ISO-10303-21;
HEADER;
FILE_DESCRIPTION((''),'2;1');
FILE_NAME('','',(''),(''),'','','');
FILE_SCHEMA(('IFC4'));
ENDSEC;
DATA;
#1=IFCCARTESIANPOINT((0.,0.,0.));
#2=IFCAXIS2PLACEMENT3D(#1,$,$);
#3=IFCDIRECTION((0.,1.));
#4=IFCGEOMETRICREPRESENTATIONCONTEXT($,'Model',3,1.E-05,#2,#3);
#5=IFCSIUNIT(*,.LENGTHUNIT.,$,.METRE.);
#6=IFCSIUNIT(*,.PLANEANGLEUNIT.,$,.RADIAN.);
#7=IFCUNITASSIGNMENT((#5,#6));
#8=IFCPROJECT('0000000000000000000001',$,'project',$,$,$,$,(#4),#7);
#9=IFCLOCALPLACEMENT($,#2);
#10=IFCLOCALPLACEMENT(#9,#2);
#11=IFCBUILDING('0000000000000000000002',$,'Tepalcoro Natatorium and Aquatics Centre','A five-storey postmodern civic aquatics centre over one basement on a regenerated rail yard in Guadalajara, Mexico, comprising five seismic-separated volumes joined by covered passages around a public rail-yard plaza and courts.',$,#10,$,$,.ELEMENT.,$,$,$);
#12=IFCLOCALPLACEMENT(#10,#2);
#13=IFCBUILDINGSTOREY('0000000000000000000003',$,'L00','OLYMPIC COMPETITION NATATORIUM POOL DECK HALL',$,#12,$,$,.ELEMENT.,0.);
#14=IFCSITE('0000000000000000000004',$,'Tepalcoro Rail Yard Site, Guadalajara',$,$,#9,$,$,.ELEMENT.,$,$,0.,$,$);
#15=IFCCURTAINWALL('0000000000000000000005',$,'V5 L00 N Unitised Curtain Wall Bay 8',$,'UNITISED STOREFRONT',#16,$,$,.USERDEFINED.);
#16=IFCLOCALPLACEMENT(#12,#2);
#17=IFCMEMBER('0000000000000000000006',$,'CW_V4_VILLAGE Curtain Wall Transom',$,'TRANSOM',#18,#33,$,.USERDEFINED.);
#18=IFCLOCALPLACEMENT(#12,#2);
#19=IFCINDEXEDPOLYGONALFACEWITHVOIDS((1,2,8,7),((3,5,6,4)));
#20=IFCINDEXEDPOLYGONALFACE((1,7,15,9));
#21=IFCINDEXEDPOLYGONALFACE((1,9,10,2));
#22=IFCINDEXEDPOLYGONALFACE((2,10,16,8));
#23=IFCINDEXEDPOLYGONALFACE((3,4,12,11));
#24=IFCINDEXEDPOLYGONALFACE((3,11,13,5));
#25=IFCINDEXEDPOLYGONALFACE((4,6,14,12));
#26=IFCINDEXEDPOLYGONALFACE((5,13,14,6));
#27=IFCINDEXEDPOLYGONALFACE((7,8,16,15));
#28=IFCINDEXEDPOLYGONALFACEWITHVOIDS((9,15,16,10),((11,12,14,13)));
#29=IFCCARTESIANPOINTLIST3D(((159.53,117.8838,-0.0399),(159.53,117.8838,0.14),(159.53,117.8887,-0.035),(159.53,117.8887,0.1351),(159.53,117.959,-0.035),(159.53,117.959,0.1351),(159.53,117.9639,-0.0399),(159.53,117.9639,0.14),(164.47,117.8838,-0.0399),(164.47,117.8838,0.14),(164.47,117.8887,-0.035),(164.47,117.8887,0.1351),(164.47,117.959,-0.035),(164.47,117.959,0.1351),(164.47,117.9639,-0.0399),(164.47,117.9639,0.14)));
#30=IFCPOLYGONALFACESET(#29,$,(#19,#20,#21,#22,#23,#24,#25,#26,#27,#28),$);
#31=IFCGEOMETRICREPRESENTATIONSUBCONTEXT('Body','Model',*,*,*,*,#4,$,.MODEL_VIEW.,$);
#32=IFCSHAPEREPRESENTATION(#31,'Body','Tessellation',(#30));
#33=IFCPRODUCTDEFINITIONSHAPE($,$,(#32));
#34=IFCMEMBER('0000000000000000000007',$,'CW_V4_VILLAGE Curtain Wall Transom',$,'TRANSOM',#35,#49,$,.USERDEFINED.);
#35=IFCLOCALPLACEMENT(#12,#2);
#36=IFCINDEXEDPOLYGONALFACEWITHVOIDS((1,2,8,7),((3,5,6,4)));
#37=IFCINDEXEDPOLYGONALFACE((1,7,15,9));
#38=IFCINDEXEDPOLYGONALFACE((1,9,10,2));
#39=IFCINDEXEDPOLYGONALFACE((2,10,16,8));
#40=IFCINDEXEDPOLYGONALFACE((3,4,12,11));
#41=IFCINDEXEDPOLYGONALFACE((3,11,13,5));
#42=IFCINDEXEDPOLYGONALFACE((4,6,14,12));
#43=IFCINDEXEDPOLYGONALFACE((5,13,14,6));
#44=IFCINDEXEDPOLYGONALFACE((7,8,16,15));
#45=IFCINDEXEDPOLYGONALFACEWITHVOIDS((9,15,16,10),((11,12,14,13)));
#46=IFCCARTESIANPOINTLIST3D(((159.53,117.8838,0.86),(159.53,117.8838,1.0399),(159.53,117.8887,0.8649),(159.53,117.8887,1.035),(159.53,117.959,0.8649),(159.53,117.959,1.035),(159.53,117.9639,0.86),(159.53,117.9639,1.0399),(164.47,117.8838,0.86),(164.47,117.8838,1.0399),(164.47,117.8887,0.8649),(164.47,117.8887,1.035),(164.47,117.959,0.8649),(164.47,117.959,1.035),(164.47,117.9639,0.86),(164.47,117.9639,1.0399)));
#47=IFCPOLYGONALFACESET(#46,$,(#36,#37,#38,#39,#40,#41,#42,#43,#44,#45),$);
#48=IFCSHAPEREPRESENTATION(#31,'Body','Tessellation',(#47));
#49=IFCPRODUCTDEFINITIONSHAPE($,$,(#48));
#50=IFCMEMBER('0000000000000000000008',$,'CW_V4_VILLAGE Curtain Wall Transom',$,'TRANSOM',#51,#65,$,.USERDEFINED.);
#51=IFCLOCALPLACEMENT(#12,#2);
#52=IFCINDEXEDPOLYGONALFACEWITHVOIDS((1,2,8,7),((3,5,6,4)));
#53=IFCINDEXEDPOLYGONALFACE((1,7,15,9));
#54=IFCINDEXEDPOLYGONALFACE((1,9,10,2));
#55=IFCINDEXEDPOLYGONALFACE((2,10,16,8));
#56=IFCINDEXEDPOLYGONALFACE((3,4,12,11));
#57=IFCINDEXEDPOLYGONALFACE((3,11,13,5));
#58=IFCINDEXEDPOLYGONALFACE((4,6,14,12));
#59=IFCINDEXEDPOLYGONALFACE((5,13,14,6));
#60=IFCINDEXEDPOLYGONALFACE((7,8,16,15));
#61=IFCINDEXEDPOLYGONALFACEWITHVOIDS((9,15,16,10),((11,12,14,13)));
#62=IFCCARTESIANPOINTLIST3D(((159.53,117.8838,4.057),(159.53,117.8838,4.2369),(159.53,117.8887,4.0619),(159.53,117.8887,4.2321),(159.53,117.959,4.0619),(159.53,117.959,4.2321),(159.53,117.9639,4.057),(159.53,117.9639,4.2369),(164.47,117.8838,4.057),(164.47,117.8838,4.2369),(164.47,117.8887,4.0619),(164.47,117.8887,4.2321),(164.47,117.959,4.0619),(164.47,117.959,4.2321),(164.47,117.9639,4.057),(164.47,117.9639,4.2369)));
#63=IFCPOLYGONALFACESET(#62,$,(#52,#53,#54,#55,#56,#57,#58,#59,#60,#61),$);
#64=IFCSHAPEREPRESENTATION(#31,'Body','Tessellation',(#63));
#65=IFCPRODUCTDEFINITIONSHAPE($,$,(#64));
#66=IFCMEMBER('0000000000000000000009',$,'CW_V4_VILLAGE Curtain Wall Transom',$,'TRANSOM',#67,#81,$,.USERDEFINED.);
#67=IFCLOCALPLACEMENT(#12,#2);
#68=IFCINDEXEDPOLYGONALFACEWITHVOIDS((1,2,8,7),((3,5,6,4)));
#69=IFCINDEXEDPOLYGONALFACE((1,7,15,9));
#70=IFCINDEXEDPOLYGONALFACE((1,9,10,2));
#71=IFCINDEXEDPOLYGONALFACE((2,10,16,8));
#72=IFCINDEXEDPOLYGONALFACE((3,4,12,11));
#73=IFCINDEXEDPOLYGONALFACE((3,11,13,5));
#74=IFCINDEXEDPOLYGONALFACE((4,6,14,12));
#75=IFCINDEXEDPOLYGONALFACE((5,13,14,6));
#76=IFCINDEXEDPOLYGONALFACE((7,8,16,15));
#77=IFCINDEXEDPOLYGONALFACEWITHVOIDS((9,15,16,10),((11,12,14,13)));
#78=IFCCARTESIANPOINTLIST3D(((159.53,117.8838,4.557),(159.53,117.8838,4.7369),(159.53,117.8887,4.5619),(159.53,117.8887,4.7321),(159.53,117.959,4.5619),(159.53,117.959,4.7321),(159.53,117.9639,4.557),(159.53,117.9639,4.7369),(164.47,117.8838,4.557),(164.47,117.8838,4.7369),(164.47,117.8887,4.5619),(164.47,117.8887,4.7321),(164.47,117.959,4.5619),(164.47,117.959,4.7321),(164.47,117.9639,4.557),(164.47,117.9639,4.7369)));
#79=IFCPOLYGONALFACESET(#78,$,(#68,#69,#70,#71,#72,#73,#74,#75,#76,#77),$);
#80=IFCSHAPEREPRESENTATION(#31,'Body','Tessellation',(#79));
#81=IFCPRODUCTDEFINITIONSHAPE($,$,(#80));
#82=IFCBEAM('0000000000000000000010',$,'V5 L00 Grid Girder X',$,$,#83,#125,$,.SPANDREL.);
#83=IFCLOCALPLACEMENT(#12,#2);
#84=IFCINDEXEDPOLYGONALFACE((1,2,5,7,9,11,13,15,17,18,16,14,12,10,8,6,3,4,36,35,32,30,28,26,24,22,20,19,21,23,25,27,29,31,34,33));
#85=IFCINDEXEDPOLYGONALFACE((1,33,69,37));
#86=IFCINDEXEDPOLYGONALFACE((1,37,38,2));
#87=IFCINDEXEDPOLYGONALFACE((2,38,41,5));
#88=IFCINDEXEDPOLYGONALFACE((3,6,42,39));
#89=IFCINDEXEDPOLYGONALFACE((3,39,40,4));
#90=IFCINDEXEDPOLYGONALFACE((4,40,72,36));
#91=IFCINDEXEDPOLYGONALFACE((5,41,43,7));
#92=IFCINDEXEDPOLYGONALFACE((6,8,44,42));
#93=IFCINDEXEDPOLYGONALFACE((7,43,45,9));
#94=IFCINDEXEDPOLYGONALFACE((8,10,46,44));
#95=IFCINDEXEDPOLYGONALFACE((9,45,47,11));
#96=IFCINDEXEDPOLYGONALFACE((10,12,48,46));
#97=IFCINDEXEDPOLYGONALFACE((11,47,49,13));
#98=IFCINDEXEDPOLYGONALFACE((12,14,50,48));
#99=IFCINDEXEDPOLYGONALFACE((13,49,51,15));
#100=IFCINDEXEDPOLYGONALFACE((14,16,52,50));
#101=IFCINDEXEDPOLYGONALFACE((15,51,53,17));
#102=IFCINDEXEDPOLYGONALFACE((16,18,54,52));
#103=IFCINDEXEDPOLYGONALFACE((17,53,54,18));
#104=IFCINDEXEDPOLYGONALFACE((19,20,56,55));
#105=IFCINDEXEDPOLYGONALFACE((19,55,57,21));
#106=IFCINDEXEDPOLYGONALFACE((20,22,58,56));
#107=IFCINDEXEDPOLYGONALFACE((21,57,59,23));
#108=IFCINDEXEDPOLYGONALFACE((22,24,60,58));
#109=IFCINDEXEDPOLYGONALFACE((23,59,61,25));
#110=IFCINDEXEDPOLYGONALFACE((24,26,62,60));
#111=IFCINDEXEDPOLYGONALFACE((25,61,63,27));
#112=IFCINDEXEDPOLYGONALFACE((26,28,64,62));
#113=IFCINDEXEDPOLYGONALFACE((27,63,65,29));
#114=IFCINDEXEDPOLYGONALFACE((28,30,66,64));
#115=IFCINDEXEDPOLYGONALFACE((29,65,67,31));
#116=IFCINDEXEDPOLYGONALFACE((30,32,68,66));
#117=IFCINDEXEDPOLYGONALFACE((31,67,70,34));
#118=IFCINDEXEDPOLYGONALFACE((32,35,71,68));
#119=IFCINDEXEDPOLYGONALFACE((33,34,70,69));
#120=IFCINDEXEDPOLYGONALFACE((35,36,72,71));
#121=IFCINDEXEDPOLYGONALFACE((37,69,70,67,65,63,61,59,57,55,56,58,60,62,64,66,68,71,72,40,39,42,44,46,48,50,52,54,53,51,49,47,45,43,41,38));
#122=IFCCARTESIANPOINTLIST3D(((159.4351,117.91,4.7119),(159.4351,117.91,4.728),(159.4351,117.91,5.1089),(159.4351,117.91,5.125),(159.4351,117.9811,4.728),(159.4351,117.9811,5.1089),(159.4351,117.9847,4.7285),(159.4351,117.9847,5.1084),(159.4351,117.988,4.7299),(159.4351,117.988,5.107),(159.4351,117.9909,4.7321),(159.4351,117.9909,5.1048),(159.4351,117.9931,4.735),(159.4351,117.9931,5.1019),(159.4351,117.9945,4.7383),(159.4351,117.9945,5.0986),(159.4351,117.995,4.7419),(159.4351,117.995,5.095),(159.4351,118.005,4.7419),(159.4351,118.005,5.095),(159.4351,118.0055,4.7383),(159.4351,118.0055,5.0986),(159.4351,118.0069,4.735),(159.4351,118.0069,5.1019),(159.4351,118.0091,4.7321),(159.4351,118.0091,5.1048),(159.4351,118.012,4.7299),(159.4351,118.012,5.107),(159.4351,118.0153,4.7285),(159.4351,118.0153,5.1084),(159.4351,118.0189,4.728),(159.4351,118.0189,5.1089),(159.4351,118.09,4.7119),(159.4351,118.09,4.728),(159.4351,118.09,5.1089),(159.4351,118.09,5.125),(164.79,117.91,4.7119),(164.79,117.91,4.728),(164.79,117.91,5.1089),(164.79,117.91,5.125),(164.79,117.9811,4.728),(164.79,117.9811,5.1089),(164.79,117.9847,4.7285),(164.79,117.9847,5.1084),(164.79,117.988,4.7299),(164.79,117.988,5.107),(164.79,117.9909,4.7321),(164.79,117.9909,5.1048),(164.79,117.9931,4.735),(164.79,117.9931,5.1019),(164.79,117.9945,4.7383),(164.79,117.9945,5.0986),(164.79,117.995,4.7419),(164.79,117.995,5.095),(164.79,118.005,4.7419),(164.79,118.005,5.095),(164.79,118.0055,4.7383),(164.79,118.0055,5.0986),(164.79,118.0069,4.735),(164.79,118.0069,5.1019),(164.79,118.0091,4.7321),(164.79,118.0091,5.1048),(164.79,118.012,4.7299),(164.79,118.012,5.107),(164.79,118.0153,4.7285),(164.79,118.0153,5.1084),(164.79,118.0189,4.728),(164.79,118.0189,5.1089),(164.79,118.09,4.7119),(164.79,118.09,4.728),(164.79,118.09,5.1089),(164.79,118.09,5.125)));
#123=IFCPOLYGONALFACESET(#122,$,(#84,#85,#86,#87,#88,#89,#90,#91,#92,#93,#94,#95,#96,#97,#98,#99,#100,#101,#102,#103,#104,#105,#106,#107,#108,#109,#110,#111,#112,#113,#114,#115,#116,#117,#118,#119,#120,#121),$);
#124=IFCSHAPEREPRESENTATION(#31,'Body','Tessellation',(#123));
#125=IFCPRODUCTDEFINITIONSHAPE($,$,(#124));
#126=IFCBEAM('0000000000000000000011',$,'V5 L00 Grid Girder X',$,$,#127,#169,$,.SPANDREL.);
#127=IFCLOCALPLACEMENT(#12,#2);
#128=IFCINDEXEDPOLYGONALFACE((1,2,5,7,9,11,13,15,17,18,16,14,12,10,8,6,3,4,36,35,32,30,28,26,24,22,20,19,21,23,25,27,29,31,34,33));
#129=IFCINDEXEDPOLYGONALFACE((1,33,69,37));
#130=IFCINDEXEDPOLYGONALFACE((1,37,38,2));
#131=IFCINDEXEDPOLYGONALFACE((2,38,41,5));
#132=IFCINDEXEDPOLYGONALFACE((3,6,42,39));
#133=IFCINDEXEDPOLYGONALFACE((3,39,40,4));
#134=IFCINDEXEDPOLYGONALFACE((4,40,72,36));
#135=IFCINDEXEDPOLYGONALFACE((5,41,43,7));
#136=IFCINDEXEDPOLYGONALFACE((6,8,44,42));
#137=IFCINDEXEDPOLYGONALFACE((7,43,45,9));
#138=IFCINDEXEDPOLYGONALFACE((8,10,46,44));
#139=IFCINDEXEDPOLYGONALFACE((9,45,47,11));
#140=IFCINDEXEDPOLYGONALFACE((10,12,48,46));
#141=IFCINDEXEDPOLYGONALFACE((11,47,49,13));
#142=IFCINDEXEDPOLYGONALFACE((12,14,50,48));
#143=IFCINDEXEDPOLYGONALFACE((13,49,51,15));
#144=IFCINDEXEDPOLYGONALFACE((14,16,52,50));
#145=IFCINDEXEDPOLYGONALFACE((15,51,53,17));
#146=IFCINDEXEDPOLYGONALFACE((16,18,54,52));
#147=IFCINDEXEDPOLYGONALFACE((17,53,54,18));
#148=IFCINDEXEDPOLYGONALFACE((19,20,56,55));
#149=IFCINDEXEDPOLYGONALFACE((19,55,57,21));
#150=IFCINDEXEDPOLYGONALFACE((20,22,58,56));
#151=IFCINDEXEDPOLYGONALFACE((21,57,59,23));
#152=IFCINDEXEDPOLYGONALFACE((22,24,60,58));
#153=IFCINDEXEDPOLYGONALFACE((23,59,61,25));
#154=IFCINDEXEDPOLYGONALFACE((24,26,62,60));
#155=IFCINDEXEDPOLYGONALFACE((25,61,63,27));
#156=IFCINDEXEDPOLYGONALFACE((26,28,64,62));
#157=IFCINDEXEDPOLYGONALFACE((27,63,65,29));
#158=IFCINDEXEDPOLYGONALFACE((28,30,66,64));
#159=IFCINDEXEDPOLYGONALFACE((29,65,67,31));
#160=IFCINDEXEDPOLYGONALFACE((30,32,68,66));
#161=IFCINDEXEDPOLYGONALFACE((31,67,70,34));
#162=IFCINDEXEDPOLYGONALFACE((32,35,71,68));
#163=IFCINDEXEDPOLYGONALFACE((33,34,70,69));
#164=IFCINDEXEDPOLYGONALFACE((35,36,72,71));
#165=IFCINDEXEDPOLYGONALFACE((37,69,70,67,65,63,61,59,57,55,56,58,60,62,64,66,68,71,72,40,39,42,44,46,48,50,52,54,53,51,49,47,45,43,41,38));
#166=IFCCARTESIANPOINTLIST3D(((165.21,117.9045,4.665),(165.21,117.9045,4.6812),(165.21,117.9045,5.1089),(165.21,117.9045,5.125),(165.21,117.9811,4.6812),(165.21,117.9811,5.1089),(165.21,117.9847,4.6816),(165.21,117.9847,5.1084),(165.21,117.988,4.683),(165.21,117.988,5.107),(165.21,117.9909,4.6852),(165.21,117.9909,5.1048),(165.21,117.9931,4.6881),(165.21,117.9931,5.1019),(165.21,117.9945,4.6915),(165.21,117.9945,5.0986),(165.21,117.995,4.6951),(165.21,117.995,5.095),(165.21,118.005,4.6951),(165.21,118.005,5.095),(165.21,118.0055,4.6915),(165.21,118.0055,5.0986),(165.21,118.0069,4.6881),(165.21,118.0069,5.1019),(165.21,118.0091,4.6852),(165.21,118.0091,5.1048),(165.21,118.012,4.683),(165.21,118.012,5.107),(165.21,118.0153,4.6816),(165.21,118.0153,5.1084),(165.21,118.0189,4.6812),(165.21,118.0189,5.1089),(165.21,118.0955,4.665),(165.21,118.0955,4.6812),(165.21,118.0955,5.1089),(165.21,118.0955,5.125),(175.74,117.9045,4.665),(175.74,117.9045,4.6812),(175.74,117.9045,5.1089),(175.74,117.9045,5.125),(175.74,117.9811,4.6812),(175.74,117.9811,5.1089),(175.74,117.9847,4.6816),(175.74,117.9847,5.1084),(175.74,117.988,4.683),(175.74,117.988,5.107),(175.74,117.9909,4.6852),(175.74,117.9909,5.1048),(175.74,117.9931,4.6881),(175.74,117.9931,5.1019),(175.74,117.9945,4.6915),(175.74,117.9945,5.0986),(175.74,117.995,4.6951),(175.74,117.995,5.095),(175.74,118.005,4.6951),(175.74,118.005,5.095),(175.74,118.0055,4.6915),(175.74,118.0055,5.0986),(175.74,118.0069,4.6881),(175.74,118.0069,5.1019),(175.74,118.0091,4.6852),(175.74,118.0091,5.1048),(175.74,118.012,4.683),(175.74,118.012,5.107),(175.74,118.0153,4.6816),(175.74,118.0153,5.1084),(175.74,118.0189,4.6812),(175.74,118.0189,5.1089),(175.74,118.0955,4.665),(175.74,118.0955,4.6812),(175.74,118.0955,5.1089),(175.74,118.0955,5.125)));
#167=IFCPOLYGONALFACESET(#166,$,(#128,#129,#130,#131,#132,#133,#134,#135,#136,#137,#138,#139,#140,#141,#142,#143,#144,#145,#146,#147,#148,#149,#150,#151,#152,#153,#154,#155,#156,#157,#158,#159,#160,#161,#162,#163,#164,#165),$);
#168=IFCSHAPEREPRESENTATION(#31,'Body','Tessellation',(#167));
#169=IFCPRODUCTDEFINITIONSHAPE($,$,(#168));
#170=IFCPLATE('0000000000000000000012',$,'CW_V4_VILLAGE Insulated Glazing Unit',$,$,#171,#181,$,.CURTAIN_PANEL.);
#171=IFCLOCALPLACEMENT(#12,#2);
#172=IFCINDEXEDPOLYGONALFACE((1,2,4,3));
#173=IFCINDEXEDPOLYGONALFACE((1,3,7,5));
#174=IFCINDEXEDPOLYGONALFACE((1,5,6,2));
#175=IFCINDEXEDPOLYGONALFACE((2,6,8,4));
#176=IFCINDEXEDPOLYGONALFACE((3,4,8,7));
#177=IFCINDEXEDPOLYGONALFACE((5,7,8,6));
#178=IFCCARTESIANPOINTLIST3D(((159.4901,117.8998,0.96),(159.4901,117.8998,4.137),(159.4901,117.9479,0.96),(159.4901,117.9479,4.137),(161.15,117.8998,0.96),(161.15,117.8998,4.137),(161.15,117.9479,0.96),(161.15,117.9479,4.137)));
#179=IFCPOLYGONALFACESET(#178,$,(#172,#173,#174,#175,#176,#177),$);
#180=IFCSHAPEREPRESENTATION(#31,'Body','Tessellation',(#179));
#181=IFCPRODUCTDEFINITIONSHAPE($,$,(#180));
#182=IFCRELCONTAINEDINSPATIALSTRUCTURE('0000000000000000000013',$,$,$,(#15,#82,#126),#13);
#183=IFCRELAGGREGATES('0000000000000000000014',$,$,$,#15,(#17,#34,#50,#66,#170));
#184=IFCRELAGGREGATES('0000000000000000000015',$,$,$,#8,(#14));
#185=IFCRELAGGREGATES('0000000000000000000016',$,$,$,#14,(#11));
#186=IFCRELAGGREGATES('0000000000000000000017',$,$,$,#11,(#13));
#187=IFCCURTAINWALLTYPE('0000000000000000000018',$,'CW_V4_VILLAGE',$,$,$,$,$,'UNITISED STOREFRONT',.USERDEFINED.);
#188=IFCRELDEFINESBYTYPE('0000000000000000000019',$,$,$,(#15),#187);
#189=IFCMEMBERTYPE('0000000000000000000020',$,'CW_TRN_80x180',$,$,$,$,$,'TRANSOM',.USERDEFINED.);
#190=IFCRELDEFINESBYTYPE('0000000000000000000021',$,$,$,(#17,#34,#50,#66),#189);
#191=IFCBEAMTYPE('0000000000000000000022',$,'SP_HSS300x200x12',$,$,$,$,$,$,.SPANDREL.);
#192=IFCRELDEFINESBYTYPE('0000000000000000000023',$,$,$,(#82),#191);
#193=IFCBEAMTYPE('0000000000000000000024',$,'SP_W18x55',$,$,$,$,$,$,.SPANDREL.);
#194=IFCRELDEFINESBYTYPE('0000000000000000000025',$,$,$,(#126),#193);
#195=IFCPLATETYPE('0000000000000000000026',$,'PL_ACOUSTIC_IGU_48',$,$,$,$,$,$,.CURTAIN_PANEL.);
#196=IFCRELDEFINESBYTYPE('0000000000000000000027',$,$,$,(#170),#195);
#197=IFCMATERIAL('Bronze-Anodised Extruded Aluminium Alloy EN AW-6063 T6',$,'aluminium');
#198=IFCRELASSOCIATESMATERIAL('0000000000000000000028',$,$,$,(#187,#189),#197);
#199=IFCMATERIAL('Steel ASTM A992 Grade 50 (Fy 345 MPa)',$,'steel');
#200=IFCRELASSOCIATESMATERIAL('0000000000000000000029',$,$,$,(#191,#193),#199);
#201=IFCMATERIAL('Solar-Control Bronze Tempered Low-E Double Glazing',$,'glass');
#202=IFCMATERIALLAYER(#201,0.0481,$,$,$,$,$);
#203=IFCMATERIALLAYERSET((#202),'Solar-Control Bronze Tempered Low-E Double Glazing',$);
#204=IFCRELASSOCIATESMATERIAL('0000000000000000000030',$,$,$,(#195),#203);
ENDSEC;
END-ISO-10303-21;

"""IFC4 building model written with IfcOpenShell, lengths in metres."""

from ifc_helpers import new_model, si_unit, direction, frame, origin, origin_2d, place, context, subcontext, project, spatial, rectangle, hollow_rectangle, i_section, extrude, material, layer, layer_set, material_profile, profile_set, type_object, element, aggregate, save


model = new_model("IFC4")

# Units and contexts
model_context = context("Model", 3, precision=1e-05, world=origin(), true_north=direction((0.0, 1.0)))
body_context = subcontext(model_context, "Body", "Model", "MODEL_VIEW")
ifc_project = project(units=[si_unit("LENGTHUNIT", "METRE"), si_unit("PLANEANGLEUNIT", "RADIAN")], contexts=[model_context])

# Site, building, storey
site_placement = place(None, origin())
site = spatial("IfcSite", under=ifc_project, at=site_placement, Name="Tepalcoro Rail Yard Site, Guadalajara", CompositionType="ELEMENT", RefElevation=0.0)
building_placement = place(site_placement, origin())
building = spatial("IfcBuilding", under=site, at=building_placement, Name="Tepalcoro Natatorium and Aquatics Centre", Description="A five-storey postmodern civic aquatics centre over one basement on a regenerated rail yard in Guadalajara, Mexico, comprising five seismic-separated volumes joined by covered passages around a public rail-yard plaza and courts.", CompositionType="ELEMENT")
storey_placement = place(building_placement, origin())
storey = spatial("IfcBuildingStorey", under=building, at=storey_placement, Name="L00", Description="OLYMPIC COMPETITION NATATORIUM POOL DECK HALL", CompositionType="ELEMENT", Elevation=0.0)

# Curtain wall, members
ifc_material_1 = material(Name="Bronze-Anodised Extruded Aluminium Alloy EN AW-6063 T6", Category="aluminium")
curtain_wall_type = type_object("IfcCurtainWallType", Name="CW_V4_VILLAGE", ElementType="UNITISED STOREFRONT", PredefinedType="USERDEFINED", material=ifc_material_1)
curtain_wall_placement = place(storey_placement, origin())
curtain_wall = element("IfcCurtainWall", 1, at=curtain_wall_placement, inside=storey, type_object=curtain_wall_type, Name="V5 L00 N Unitised Curtain Wall Bay 8", ObjectType="UNITISED STOREFRONT", PredefinedType="USERDEFINED")
ifc_material_profile_1 = material_profile(ifc_material_1, hollow_rectangle(XDim=0.0801, YDim=0.1799, WallThickness=0.0049, at=origin_2d()), Name="AL80X180X5")
ifc_profile_set_1 = profile_set([ifc_material_profile_1], Name="Bronze-Anodised Extruded Aluminium Alloy EN AW-6063 T6")
member_type_1 = type_object("IfcMemberType", Name="CW_TRN_80x180", ElementType="TRANSOM", PredefinedType="USERDEFINED", material=ifc_profile_set_1)
member_1_placement = place(storey_placement, frame((159.53, 117.9238, 0.05), z_axis=(1.0, 0.0, 0.0), x_axis=(0.0, 1.0, 0.0)))
member_1 = element("IfcMember", 2, at=member_1_placement, type_object=member_type_1, Name="CW_V4_VILLAGE Curtain Wall Transom", ObjectType="TRANSOM", PredefinedType="USERDEFINED", context=body_context, shape_type="SweptSolid", body=[
    extrude(hollow_rectangle(XDim=0.0801, YDim=0.1799, WallThickness=0.0049, at=origin_2d()), origin(), (0.0, 0.0, 1.0), 4.9399),
])
member_2_placement = place(storey_placement, frame((159.53, 117.9238, 0.95), z_axis=(1.0, 0.0, 0.0), x_axis=(0.0, 1.0, 0.0)))
member_2 = element("IfcMember", 3, at=member_2_placement, type_object=member_type_1, Name="CW_V4_VILLAGE Curtain Wall Transom", ObjectType="TRANSOM", PredefinedType="USERDEFINED", context=body_context, shape_type="SweptSolid", body=[
    extrude(hollow_rectangle(XDim=0.0801, YDim=0.1799, WallThickness=0.0049, at=origin_2d()), origin(), (0.0, 0.0, 1.0), 4.9399),
])
member_3_placement = place(storey_placement, frame((159.53, 117.9238, 4.147), z_axis=(1.0, 0.0, 0.0), x_axis=(0.0, 1.0, 0.0)))
member_3 = element("IfcMember", 4, at=member_3_placement, type_object=member_type_1, Name="CW_V4_VILLAGE Curtain Wall Transom", ObjectType="TRANSOM", PredefinedType="USERDEFINED", context=body_context, shape_type="SweptSolid", body=[
    extrude(hollow_rectangle(XDim=0.0801, YDim=0.1799, WallThickness=0.0049, at=origin_2d()), origin(), (0.0, 0.0, 1.0), 4.9399),
])
member_4_placement = place(storey_placement, frame((159.53, 117.9238, 4.647), z_axis=(1.0, 0.0, 0.0), x_axis=(0.0, 1.0, 0.0)))
member_4 = element("IfcMember", 5, at=member_4_placement, type_object=member_type_1, Name="CW_V4_VILLAGE Curtain Wall Transom", ObjectType="TRANSOM", PredefinedType="USERDEFINED", context=body_context, shape_type="SweptSolid", body=[
    extrude(hollow_rectangle(XDim=0.0801, YDim=0.1799, WallThickness=0.0049, at=origin_2d()), origin(), (0.0, 0.0, 1.0), 4.9399),
])

# Beams
ifc_material_2 = material(Name="Steel ASTM A992 Grade 50 (Fy 345 MPa)", Category="steel")
ifc_material_profile_2 = material_profile(ifc_material_2, i_section(OverallWidth=0.1799, OverallDepth=0.4131, WebThickness=0.01, FlangeThickness=0.0161, FilletRadius=0.0139, at=origin_2d()), Name="W16X50")
ifc_profile_set_2 = profile_set([ifc_material_profile_2], Name="Steel ASTM A992 Grade 50 (Fy 345 MPa)")
beam_type_1 = type_object("IfcBeamType", Name="SP_HSS300x200x12", PredefinedType="SPANDREL", material=ifc_profile_set_2)
beam_1_placement = place(storey_placement, frame((159.4351, 118.0, 4.9185), z_axis=(1.0, 0.0, 0.0), x_axis=(0.0, 1.0, 0.0)))
element("IfcBeam", 6, at=beam_1_placement, inside=storey, type_object=beam_type_1, Name="V5 L00 Grid Girder X", PredefinedType="SPANDREL", context=body_context, shape_type="SweptSolid", body=[
    extrude(i_section(OverallWidth=0.1799, OverallDepth=0.4131, WebThickness=0.01, FlangeThickness=0.0161, FilletRadius=0.0139, at=origin_2d()), origin(), (0.0, 0.0, 1.0), 5.355),
])
ifc_material_profile_3 = material_profile(ifc_material_2, i_section(OverallWidth=0.1909, OverallDepth=0.46, WebThickness=0.01, FlangeThickness=0.0161, FilletRadius=0.0139, at=origin_2d()), Name="W18X55")
ifc_profile_set_3 = profile_set([ifc_material_profile_3], Name="Steel ASTM A992 Grade 50 (Fy 345 MPa)")
beam_type_2 = type_object("IfcBeamType", Name="SP_W18x55", PredefinedType="SPANDREL", material=ifc_profile_set_3)
beam_2_placement = place(storey_placement, frame((165.21, 118.0, 4.895), z_axis=(1.0, 0.0, 0.0), x_axis=(0.0, 1.0, 0.0)))
element("IfcBeam", 7, at=beam_2_placement, inside=storey, type_object=beam_type_2, Name="V5 L00 Grid Girder X", PredefinedType="SPANDREL", context=body_context, shape_type="SweptSolid", body=[
    extrude(i_section(OverallWidth=0.1909, OverallDepth=0.46, WebThickness=0.01, FlangeThickness=0.0161, FilletRadius=0.0139, at=origin_2d()), origin(), (0.0, 0.0, 1.0), 10.53),
])

# Plate
ifc_material_3 = material(Name="Solar-Control Bronze Tempered Low-E Double Glazing", Category="glass")
ifc_layer_1 = layer(ifc_material_3, 0.0481)
ifc_layer_set_1 = layer_set([ifc_layer_1], Name="Solar-Control Bronze Tempered Low-E Double Glazing")
plate_type_1 = type_object("IfcPlateType", Name="PL_ACOUSTIC_IGU_48", PredefinedType="CURTAIN_PANEL", material=ifc_layer_set_1)
plate_1_placement = place(storey_placement, frame((160.3201, 117.9238, 0.96), z_axis=(0.0, 0.0, 1.0), x_axis=(1.0, 0.0, 0.0)))
plate_1 = element("IfcPlate", 8, at=plate_1_placement, type_object=plate_type_1, Name="CW_V4_VILLAGE Insulated Glazing Unit", PredefinedType="CURTAIN_PANEL", context=body_context, shape_type="SweptSolid", body=[
    extrude(rectangle(XDim=1.6599, YDim=0.0481, at=origin_2d()), origin(), (0.0, 0.0, 1.0), 3.177),
])
aggregate(curtain_wall, [member_1, member_2, member_3, member_4, plate_1])

save(model, "model.ifc")
